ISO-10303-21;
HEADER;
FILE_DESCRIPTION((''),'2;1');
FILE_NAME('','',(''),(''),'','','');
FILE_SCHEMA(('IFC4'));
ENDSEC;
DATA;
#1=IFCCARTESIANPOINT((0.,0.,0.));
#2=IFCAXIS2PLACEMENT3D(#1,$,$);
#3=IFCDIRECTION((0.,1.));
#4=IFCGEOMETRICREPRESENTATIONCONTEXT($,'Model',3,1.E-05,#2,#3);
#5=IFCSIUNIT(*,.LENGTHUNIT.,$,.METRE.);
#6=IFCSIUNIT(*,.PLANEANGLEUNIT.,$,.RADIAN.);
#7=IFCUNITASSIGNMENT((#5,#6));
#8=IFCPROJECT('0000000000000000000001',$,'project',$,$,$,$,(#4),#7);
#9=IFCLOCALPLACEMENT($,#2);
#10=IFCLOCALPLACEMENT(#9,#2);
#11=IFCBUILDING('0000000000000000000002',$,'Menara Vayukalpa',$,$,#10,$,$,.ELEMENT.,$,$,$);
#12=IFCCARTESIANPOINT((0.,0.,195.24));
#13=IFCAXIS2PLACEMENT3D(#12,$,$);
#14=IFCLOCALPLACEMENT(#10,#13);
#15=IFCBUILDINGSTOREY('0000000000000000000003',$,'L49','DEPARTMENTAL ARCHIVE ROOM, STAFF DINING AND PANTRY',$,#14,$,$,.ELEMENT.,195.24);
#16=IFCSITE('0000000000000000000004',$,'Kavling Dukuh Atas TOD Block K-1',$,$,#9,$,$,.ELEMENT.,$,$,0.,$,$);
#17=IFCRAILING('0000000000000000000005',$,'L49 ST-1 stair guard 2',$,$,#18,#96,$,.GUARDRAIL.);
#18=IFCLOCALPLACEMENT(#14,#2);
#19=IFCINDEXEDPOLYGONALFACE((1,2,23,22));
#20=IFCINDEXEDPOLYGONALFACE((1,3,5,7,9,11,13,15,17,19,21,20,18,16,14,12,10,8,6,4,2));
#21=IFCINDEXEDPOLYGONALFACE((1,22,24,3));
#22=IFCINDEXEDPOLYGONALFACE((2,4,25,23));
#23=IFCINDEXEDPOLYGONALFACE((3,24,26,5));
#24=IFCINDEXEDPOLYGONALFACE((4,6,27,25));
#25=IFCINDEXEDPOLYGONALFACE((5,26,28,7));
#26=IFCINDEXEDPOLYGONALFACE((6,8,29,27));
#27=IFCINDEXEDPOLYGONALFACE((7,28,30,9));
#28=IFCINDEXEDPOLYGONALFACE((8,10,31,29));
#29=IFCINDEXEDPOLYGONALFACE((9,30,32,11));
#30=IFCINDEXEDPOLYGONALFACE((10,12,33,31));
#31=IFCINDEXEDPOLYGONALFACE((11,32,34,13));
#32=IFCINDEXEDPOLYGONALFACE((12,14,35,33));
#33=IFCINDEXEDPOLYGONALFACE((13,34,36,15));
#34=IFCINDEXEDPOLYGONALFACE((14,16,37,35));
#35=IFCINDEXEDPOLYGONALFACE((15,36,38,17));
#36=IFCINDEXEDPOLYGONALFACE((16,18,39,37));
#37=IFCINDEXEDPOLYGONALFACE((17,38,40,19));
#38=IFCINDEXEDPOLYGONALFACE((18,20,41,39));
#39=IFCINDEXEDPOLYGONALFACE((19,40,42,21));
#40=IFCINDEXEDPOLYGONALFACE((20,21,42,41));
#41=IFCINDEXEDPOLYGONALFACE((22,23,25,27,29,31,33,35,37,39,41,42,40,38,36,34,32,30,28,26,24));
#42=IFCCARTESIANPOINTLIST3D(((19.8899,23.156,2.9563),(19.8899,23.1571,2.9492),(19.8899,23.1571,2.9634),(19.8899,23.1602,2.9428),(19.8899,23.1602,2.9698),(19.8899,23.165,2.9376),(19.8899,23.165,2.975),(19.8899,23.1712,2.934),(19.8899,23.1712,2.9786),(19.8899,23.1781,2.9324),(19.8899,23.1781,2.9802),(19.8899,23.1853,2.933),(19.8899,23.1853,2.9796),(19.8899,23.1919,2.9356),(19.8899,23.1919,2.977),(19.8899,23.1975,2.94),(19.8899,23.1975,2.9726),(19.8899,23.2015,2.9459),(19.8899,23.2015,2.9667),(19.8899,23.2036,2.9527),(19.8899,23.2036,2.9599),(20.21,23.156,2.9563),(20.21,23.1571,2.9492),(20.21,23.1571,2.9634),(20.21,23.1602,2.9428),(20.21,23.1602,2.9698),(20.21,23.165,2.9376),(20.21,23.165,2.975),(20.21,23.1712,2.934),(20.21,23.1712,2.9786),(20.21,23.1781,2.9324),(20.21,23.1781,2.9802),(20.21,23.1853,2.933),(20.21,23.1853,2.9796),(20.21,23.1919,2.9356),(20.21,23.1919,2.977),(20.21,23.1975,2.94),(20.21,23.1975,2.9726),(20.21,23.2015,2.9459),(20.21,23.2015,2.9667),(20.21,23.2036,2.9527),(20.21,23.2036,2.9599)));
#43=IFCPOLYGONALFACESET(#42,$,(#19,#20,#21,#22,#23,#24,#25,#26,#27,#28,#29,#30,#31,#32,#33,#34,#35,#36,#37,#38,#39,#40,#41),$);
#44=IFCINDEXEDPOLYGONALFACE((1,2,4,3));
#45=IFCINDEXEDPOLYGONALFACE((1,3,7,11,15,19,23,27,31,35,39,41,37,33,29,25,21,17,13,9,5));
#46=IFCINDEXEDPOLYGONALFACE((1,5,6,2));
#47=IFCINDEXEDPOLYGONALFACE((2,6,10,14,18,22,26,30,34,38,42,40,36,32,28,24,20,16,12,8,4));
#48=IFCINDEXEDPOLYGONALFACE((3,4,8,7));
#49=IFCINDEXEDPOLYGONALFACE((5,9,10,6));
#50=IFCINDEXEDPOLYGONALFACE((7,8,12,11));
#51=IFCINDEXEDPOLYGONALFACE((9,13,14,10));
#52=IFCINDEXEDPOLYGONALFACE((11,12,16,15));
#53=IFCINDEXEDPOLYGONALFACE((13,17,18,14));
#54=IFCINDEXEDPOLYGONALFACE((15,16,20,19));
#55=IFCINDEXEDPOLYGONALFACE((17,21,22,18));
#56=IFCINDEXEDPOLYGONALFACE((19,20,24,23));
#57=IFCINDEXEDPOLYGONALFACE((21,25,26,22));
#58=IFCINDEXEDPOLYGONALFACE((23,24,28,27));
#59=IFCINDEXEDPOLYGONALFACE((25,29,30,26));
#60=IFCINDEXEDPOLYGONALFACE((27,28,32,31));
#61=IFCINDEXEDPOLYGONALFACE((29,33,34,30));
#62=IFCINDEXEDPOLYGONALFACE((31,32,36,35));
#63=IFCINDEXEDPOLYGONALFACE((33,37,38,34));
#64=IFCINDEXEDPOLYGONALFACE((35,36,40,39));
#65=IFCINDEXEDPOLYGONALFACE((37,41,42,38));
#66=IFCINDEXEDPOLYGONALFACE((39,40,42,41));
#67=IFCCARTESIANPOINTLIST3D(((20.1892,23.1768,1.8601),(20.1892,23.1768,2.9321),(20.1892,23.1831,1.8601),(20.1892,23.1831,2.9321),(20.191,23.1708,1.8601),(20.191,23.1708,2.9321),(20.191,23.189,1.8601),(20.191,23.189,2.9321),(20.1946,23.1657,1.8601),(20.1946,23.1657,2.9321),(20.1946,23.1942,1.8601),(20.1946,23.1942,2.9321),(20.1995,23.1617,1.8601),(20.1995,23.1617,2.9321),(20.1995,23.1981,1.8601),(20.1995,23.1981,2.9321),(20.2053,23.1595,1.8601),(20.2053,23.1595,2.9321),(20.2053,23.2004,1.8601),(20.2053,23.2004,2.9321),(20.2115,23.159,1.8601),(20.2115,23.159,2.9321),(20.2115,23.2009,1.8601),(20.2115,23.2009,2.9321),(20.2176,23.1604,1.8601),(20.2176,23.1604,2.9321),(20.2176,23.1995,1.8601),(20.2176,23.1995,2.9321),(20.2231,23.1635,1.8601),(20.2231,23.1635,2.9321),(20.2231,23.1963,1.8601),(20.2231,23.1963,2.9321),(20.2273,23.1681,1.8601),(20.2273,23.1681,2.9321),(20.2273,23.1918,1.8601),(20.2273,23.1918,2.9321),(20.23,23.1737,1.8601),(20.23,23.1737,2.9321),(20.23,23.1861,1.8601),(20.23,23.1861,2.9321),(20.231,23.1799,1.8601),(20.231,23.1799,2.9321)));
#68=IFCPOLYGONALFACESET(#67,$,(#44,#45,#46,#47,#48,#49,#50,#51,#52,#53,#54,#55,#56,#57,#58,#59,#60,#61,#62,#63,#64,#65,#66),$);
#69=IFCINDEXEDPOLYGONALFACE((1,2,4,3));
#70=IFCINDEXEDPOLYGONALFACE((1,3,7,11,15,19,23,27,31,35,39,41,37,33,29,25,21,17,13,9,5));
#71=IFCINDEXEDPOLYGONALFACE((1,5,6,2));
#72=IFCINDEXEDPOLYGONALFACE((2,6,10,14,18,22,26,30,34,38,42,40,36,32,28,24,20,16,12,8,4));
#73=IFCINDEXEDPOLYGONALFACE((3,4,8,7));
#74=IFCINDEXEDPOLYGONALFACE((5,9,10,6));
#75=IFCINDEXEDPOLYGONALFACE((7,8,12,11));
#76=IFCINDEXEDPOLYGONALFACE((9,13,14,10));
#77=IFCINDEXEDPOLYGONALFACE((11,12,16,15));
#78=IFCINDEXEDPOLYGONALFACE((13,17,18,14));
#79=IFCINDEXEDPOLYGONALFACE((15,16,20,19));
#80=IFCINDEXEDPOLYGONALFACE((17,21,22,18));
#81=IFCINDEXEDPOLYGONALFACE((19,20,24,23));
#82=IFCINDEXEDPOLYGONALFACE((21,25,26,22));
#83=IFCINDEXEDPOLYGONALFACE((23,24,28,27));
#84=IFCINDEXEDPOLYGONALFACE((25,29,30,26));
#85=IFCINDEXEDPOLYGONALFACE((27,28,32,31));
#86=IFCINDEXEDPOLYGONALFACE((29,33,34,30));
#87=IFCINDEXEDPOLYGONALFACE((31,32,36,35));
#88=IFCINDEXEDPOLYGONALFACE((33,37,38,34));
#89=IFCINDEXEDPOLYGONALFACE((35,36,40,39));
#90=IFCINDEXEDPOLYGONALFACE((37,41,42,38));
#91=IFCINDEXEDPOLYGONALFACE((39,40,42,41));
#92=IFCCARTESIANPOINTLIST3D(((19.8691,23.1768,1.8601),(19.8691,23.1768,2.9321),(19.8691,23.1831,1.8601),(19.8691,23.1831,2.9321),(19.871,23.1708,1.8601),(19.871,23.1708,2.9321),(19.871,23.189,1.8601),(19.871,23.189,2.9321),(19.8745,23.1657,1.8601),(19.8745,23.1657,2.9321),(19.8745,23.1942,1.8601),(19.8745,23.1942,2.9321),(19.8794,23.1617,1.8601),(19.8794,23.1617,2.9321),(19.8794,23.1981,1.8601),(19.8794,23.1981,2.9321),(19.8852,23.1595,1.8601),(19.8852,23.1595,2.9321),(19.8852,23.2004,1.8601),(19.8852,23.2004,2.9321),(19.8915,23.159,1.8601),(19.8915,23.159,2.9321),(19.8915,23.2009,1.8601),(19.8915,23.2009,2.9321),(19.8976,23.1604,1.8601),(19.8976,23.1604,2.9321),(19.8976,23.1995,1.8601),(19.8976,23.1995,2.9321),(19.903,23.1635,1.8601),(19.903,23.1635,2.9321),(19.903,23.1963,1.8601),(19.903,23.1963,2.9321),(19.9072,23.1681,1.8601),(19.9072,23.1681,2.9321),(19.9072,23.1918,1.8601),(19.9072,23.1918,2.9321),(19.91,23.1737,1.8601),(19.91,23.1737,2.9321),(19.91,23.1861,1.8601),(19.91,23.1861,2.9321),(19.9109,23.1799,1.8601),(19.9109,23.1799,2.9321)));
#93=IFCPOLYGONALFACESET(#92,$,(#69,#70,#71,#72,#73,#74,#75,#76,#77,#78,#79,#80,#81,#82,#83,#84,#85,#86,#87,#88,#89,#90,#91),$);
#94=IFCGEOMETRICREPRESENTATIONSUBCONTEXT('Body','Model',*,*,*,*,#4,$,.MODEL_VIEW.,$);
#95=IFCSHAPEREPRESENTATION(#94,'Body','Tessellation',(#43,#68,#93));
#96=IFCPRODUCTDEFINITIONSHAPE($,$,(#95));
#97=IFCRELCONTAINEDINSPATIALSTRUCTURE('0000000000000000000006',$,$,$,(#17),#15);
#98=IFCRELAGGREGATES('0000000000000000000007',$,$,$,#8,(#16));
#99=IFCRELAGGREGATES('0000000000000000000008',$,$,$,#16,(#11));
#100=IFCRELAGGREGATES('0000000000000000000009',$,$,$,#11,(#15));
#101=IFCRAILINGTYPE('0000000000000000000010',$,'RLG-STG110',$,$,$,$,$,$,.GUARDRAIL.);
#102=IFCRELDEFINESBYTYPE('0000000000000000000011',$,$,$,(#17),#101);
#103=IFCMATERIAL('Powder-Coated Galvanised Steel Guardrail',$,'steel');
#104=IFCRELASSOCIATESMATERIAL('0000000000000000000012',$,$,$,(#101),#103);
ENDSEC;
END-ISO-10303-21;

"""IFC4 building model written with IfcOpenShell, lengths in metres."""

from ifc_helpers import new_model, si_unit, direction, frame, origin, origin_2d, place, context, subcontext, project, spatial, circle, extrude, material, type_object, element, save


model = new_model("IFC4")

# Units and contexts
model_context = context("Model", 3, precision=1e-05, world=origin(), true_north=direction((0.0, 1.0)))
body_context = subcontext(model_context, "Body", "Model", "MODEL_VIEW")
ifc_project = project(units=[si_unit("LENGTHUNIT", "METRE"), si_unit("PLANEANGLEUNIT", "RADIAN")], contexts=[model_context])

# Site, building, storey
site_placement = place(None, origin())
site = spatial("IfcSite", under=ifc_project, at=site_placement, Name="Kavling Dukuh Atas TOD Block K-1", CompositionType="ELEMENT", RefElevation=0.0)
building_placement = place(site_placement, origin())
building = spatial("IfcBuilding", under=site, at=building_placement, Name="Menara Vayukalpa", CompositionType="ELEMENT")
storey_placement = place(building_placement, frame((0.0, 0.0, 195.24)))
storey = spatial("IfcBuildingStorey", under=building, at=storey_placement, Name="L49", Description="DEPARTMENTAL ARCHIVE ROOM, STAFF DINING AND PANTRY", CompositionType="ELEMENT", Elevation=195.24)

# Railing
ifc_material_1 = material(Name="Powder-Coated Galvanised Steel Guardrail", Category="steel")
railing_type_1 = type_object("IfcRailingType", Name="RLG-STG110", PredefinedType="GUARDRAIL", material=ifc_material_1)
railing_1_placement = place(storey_placement, frame((20.21, 23.1799, 1.8601)))
element("IfcRailing", 1, at=railing_1_placement, inside=storey, type_object=railing_type_1, Name="L49 ST-1 stair guard 2", PredefinedType="GUARDRAIL", context=body_context, shape_type="SweptSolid", body=[
    extrude(circle(Radius=0.0239, at=origin_2d()), frame((0.0, 0.0, 1.0962), z_axis=(-1.0, 0.0, 0.0), x_axis=(0.0, -1.0, 0.0)), (0.0, 0.0, 1.0), 0.3201),
    extrude(circle(Radius=0.021, at=origin_2d()), origin(), (0.0, 0.0, 1.0), 1.072),
    extrude(circle(Radius=0.021, at=origin_2d()), frame((-0.3201, 0.0, 0.0)), (0.0, 0.0, 1.0), 1.072),
])

save(model, "model.ifc")
